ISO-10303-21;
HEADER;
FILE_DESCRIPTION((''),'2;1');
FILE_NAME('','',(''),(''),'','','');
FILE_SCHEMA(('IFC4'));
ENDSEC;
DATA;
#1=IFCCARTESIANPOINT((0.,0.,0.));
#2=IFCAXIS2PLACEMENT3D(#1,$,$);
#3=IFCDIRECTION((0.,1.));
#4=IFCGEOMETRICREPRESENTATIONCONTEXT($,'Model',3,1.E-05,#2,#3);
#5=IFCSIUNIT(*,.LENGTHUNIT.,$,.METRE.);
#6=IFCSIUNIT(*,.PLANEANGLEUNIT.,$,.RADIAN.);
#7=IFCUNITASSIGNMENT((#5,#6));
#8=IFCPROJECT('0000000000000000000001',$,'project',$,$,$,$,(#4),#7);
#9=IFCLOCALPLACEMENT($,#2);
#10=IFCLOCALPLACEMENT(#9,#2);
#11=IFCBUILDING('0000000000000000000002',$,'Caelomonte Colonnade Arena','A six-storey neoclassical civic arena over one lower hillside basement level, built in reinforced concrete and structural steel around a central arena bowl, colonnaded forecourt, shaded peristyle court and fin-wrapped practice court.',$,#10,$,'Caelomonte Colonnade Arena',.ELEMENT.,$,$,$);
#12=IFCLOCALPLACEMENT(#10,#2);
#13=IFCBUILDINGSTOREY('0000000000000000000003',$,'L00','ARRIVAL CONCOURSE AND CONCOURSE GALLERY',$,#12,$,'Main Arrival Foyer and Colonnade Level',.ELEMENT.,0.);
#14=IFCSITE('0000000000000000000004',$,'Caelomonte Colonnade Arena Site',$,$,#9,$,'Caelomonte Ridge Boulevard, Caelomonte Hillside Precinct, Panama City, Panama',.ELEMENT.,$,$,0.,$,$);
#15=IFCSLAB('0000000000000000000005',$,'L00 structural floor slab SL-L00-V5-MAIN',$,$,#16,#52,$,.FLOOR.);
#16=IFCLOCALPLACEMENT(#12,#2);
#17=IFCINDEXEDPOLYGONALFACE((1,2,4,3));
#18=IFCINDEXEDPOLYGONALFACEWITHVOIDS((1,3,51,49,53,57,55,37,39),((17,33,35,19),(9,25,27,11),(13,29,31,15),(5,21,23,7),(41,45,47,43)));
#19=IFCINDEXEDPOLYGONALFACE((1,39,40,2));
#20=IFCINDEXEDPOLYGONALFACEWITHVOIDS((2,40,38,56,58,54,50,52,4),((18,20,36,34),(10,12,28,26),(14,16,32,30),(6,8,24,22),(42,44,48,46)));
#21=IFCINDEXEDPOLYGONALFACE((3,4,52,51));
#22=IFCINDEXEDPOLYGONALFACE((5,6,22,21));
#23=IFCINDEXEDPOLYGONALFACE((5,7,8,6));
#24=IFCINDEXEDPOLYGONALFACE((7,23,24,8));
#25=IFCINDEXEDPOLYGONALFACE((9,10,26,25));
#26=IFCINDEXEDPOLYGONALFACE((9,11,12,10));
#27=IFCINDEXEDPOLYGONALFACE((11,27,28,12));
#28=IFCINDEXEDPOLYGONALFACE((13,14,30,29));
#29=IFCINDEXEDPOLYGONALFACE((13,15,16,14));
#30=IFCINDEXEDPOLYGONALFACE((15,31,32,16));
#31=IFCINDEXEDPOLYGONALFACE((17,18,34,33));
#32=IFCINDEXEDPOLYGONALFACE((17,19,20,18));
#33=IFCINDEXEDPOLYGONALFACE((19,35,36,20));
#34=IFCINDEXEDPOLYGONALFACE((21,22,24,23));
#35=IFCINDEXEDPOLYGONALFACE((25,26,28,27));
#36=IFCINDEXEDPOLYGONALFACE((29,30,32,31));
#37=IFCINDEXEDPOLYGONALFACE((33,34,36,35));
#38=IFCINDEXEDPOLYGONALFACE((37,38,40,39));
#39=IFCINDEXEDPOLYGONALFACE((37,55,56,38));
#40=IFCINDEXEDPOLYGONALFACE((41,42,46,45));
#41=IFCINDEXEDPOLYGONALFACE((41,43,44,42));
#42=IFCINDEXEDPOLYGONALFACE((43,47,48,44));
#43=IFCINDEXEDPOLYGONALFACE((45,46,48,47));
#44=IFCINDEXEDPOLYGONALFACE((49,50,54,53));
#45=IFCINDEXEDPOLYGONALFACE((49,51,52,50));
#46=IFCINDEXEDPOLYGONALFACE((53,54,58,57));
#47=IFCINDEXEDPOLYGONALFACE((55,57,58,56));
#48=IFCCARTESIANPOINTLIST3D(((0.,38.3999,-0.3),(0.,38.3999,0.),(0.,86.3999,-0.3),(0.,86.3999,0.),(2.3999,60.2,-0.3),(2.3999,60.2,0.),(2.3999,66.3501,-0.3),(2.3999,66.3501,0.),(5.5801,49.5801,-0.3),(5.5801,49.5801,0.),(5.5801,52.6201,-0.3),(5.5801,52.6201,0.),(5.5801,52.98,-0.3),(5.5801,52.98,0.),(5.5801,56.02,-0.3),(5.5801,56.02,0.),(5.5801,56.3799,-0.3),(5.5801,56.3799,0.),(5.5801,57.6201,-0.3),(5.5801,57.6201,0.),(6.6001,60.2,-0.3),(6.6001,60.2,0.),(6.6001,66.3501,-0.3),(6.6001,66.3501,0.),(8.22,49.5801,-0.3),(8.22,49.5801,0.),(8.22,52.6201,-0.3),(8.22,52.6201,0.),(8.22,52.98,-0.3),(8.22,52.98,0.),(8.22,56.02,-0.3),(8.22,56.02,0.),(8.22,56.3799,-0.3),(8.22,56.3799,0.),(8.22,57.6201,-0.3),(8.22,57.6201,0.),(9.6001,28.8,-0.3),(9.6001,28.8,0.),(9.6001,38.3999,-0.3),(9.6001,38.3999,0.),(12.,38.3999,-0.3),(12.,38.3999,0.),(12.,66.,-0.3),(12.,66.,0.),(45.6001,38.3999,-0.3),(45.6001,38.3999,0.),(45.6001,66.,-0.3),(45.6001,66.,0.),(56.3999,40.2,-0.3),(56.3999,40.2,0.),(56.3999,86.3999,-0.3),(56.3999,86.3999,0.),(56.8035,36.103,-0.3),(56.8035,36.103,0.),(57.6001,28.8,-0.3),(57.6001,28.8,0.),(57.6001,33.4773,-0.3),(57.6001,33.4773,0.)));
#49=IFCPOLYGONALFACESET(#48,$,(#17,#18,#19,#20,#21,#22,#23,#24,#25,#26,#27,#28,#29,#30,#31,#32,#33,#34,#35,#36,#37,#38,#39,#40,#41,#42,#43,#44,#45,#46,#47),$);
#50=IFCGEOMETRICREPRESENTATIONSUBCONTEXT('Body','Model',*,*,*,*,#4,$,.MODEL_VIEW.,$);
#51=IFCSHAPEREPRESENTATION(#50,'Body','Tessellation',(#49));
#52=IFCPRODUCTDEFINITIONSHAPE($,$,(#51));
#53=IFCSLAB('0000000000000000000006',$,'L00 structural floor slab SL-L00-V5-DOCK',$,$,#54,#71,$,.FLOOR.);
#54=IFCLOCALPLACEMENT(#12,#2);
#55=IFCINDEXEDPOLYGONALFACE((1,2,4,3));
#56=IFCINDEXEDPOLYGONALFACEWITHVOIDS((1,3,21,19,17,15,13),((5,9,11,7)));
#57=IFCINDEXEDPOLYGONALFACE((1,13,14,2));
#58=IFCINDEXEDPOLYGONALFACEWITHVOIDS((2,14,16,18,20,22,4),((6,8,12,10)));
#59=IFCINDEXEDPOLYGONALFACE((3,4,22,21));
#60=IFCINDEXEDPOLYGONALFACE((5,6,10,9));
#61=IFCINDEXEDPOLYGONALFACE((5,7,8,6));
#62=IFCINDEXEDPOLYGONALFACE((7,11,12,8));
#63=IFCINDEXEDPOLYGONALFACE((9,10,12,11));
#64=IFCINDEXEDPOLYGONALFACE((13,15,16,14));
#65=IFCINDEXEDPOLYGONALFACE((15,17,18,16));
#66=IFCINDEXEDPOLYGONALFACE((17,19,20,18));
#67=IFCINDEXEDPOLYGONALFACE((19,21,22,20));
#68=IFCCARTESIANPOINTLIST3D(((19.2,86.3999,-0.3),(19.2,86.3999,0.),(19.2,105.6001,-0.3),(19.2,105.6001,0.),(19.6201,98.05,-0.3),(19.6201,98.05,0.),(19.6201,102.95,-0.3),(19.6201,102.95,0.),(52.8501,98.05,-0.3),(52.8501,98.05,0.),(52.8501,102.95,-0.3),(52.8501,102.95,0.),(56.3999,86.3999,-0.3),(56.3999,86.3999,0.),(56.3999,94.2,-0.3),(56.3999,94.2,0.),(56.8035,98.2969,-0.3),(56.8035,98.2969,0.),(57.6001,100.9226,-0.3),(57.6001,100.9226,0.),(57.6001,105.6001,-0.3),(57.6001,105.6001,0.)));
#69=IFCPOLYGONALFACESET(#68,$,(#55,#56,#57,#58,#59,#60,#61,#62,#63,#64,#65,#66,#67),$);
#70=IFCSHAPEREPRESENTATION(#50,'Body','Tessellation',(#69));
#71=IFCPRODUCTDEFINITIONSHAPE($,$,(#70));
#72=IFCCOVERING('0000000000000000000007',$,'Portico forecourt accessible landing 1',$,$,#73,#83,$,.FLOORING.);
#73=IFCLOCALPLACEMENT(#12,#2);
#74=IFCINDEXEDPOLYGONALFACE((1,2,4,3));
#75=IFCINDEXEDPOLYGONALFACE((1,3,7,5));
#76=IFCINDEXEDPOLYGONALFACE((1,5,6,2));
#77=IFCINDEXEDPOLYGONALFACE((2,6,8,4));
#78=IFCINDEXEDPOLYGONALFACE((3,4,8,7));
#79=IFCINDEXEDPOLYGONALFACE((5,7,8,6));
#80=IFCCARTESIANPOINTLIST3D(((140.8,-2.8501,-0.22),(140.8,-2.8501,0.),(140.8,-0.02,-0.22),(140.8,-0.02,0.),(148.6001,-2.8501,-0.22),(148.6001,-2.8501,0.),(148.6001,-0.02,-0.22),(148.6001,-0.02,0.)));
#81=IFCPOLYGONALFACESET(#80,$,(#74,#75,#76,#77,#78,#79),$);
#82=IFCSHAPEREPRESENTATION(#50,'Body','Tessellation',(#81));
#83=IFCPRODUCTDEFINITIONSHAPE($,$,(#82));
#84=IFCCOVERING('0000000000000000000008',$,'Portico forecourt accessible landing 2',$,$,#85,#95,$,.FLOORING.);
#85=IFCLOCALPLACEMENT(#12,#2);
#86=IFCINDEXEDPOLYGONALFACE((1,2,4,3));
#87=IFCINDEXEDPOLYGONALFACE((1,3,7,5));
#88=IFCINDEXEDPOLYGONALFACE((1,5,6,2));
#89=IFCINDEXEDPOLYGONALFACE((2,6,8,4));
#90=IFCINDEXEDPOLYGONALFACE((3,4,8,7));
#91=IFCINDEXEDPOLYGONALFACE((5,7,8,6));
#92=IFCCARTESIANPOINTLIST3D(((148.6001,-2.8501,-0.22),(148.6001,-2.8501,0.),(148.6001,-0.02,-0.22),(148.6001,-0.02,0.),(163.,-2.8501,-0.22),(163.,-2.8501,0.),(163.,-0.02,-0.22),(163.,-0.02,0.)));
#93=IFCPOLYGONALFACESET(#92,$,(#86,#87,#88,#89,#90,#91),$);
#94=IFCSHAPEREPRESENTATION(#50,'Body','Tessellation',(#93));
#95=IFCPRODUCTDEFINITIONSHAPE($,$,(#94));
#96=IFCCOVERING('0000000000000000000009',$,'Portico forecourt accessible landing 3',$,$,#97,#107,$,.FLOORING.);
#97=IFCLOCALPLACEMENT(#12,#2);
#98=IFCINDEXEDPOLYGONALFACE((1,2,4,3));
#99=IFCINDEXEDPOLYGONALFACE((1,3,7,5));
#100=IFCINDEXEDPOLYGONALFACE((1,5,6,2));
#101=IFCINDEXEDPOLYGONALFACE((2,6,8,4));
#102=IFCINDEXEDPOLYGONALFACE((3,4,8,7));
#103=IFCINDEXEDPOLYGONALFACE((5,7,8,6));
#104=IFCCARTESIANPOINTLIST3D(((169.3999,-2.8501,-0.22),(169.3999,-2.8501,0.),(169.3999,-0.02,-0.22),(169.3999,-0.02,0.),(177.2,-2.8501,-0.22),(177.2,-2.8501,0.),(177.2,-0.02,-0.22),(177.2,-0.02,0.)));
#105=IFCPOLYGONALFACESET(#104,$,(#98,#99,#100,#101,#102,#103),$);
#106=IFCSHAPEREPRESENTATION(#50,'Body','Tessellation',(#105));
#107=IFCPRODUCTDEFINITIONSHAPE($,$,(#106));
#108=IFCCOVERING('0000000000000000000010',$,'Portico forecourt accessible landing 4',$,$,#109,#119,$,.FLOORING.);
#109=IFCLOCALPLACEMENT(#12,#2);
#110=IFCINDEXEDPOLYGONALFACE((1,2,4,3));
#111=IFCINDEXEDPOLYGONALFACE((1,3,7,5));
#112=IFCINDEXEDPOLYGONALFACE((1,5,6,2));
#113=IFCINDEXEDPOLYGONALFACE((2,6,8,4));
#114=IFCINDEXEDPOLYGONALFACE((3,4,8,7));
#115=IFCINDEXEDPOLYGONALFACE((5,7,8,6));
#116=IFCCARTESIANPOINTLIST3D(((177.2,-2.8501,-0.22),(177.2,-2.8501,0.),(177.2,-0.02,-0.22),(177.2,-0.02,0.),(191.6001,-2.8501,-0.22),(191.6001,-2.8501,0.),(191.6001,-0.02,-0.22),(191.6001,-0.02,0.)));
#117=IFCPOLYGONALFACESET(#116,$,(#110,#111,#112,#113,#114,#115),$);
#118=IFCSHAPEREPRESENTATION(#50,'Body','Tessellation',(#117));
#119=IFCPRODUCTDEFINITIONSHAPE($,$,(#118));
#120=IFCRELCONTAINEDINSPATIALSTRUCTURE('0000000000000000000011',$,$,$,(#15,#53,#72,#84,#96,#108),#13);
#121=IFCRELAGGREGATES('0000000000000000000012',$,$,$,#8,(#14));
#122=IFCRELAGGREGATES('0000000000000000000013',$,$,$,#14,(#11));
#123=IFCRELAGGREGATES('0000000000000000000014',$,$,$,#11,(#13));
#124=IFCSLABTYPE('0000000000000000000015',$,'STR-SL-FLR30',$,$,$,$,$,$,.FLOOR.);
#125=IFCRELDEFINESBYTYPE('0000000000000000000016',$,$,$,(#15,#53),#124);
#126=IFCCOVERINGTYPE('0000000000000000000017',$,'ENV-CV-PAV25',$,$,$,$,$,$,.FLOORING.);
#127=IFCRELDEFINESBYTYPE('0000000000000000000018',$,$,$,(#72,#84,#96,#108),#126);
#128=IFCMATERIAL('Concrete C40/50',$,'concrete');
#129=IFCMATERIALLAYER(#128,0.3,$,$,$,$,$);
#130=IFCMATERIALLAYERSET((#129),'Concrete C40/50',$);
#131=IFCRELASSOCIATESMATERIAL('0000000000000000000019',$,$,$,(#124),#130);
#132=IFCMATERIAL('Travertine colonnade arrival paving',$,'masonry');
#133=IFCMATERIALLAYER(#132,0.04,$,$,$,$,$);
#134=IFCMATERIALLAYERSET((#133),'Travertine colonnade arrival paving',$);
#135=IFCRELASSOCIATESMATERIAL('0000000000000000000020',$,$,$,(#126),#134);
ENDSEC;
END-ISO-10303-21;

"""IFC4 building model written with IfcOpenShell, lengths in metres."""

from ifc_helpers import new_model, si_unit, direction, frame, origin, place, context, subcontext, project, spatial, polyline, outline, extrude, material, layer, layer_set, type_object, element, save


model = new_model("IFC4")

# Units and contexts
model_context = context("Model", 3, precision=1e-05, world=origin(), true_north=direction((0.0, 1.0)))
body_context = subcontext(model_context, "Body", "Model", "MODEL_VIEW")
ifc_project = project(units=[si_unit("LENGTHUNIT", "METRE"), si_unit("PLANEANGLEUNIT", "RADIAN")], contexts=[model_context])

# Site, building, storey
site_placement = place(None, origin())
site = spatial("IfcSite", under=ifc_project, at=site_placement, Name="Caelomonte Colonnade Arena Site", LongName="Caelomonte Ridge Boulevard, Caelomonte Hillside Precinct, Panama City, Panama", CompositionType="ELEMENT", RefElevation=0.0)
building_placement = place(site_placement, origin())
building = spatial("IfcBuilding", under=site, at=building_placement, Name="Caelomonte Colonnade Arena", Description="A six-storey neoclassical civic arena over one lower hillside basement level, built in reinforced concrete and structural steel around a central arena bowl, colonnaded forecourt, shaded peristyle court and fin-wrapped practice court.", LongName="Caelomonte Colonnade Arena", CompositionType="ELEMENT")
storey_placement = place(building_placement, origin())
storey = spatial("IfcBuildingStorey", under=building, at=storey_placement, Name="L00", Description="ARRIVAL CONCOURSE AND CONCOURSE GALLERY", LongName="Main Arrival Foyer and Colonnade Level", CompositionType="ELEMENT", Elevation=0.0)

# Shared definitions
ifc_material_1 = material(Name="Concrete C40/50", Category="concrete")

# Slabs
ifc_layer_1 = layer(ifc_material_1, 0.3)
ifc_layer_set_1 = layer_set([ifc_layer_1], Name="Concrete C40/50")
slab_type_1 = type_object("IfcSlabType", Name="STR-SL-FLR30", PredefinedType="FLOOR", material=ifc_layer_set_1)
slab_1_placement = place(storey_placement, frame((0.0, 0.0, -0.3)))
element("IfcSlab", 1, at=slab_1_placement, inside=storey, type_object=slab_type_1, Name="L00 structural floor slab SL-L00-V5-MAIN", PredefinedType="FLOOR", context=body_context, shape_type="SweptSolid", body=[
    extrude(outline(polyline([(56.3999, 40.2), (56.3999, 86.3999), (0.0, 86.3999), (0.0, 38.3999), (9.6001, 38.3999), (9.6001, 28.8), (57.6001, 28.8), (57.6001, 33.4773), (56.8035, 36.103), (56.3999, 40.2)]), holes=[polyline([(45.6001, 66.0), (45.6001, 38.3999), (12.0, 38.3999), (12.0, 66.0), (45.6001, 66.0)]), polyline([(5.5801, 49.5801), (5.5801, 52.6201), (8.22, 52.6201), (8.22, 49.5801), (5.5801, 49.5801)]), polyline([(5.5801, 52.98), (5.5801, 56.02), (8.22, 56.02), (8.22, 52.98), (5.5801, 52.98)]), polyline([(5.5801, 56.3799), (5.5801, 57.6201), (8.22, 57.6201), (8.22, 56.3799), (5.5801, 56.3799)]), polyline([(2.3999, 66.3501), (6.6001, 66.3501), (6.6001, 60.2), (2.3999, 60.2), (2.3999, 66.3501)])]), origin(), (0.0, 0.0, 1.0), 0.3),
])
slab_2_placement = place(storey_placement, frame((0.0, 0.0, -0.3)))
element("IfcSlab", 2, at=slab_2_placement, inside=storey, type_object=slab_type_1, Name="L00 structural floor slab SL-L00-V5-DOCK", PredefinedType="FLOOR", context=body_context, shape_type="SweptSolid", body=[
    extrude(outline(polyline([(19.2, 86.3999), (56.3999, 86.3999), (56.3999, 94.2), (56.8035, 98.2969), (57.6001, 100.9226), (57.6001, 105.6001), (19.2, 105.6001), (19.2, 86.3999)]), holes=[polyline([(19.6201, 98.05), (19.6201, 102.95), (52.8501, 102.95), (52.8501, 98.05), (19.6201, 98.05)])]), origin(), (0.0, 0.0, 1.0), 0.3),
])

# Coverings
ifc_material_2 = material(Name="Travertine colonnade arrival paving", Category="masonry")
ifc_layer_2 = layer(ifc_material_2, 0.04)
ifc_layer_set_2 = layer_set([ifc_layer_2], Name="Travertine colonnade arrival paving")
covering_type = type_object("IfcCoveringType", Name="ENV-CV-PAV25", PredefinedType="FLOORING", material=ifc_layer_set_2)
covering_1_placement = place(storey_placement, frame((0.0, 0.0, -0.22)))
element("IfcCovering", 3, at=covering_1_placement, inside=storey, type_object=covering_type, Name="Portico forecourt accessible landing 1", PredefinedType="FLOORING", context=body_context, shape_type="SweptSolid", body=[
    extrude(outline(polyline([(140.8, -2.8501), (148.6001, -2.8501), (148.6001, -0.02), (140.8, -0.02), (140.8, -2.8501)])), origin(), (0.0, 0.0, 1.0), 0.22),
])
covering_2_placement = place(storey_placement, frame((0.0, 0.0, -0.22)))
element("IfcCovering", 4, at=covering_2_placement, inside=storey, type_object=covering_type, Name="Portico forecourt accessible landing 2", PredefinedType="FLOORING", context=body_context, shape_type="SweptSolid", body=[
    extrude(outline(polyline([(148.6001, -2.8501), (163.0, -2.8501), (163.0, -0.02), (148.6001, -0.02), (148.6001, -2.8501)])), origin(), (0.0, 0.0, 1.0), 0.22),
])
covering_3_placement = place(storey_placement, frame((0.0, 0.0, -0.22)))
element("IfcCovering", 5, at=covering_3_placement, inside=storey, type_object=covering_type, Name="Portico forecourt accessible landing 3", PredefinedType="FLOORING", context=body_context, shape_type="SweptSolid", body=[
    extrude(outline(polyline([(169.3999, -2.8501), (177.2, -2.8501), (177.2, -0.02), (169.3999, -0.02), (169.3999, -2.8501)])), origin(), (0.0, 0.0, 1.0), 0.22),
])
covering_4_placement = place(storey_placement, frame((0.0, 0.0, -0.22)))
element("IfcCovering", 6, at=covering_4_placement, inside=storey, type_object=covering_type, Name="Portico forecourt accessible landing 4", PredefinedType="FLOORING", context=body_context, shape_type="SweptSolid", body=[
    extrude(outline(polyline([(177.2, -2.8501), (191.6001, -2.8501), (191.6001, -0.02), (177.2, -0.02), (177.2, -2.8501)])), origin(), (0.0, 0.0, 1.0), 0.22),
])

save(model, "model.ifc")
